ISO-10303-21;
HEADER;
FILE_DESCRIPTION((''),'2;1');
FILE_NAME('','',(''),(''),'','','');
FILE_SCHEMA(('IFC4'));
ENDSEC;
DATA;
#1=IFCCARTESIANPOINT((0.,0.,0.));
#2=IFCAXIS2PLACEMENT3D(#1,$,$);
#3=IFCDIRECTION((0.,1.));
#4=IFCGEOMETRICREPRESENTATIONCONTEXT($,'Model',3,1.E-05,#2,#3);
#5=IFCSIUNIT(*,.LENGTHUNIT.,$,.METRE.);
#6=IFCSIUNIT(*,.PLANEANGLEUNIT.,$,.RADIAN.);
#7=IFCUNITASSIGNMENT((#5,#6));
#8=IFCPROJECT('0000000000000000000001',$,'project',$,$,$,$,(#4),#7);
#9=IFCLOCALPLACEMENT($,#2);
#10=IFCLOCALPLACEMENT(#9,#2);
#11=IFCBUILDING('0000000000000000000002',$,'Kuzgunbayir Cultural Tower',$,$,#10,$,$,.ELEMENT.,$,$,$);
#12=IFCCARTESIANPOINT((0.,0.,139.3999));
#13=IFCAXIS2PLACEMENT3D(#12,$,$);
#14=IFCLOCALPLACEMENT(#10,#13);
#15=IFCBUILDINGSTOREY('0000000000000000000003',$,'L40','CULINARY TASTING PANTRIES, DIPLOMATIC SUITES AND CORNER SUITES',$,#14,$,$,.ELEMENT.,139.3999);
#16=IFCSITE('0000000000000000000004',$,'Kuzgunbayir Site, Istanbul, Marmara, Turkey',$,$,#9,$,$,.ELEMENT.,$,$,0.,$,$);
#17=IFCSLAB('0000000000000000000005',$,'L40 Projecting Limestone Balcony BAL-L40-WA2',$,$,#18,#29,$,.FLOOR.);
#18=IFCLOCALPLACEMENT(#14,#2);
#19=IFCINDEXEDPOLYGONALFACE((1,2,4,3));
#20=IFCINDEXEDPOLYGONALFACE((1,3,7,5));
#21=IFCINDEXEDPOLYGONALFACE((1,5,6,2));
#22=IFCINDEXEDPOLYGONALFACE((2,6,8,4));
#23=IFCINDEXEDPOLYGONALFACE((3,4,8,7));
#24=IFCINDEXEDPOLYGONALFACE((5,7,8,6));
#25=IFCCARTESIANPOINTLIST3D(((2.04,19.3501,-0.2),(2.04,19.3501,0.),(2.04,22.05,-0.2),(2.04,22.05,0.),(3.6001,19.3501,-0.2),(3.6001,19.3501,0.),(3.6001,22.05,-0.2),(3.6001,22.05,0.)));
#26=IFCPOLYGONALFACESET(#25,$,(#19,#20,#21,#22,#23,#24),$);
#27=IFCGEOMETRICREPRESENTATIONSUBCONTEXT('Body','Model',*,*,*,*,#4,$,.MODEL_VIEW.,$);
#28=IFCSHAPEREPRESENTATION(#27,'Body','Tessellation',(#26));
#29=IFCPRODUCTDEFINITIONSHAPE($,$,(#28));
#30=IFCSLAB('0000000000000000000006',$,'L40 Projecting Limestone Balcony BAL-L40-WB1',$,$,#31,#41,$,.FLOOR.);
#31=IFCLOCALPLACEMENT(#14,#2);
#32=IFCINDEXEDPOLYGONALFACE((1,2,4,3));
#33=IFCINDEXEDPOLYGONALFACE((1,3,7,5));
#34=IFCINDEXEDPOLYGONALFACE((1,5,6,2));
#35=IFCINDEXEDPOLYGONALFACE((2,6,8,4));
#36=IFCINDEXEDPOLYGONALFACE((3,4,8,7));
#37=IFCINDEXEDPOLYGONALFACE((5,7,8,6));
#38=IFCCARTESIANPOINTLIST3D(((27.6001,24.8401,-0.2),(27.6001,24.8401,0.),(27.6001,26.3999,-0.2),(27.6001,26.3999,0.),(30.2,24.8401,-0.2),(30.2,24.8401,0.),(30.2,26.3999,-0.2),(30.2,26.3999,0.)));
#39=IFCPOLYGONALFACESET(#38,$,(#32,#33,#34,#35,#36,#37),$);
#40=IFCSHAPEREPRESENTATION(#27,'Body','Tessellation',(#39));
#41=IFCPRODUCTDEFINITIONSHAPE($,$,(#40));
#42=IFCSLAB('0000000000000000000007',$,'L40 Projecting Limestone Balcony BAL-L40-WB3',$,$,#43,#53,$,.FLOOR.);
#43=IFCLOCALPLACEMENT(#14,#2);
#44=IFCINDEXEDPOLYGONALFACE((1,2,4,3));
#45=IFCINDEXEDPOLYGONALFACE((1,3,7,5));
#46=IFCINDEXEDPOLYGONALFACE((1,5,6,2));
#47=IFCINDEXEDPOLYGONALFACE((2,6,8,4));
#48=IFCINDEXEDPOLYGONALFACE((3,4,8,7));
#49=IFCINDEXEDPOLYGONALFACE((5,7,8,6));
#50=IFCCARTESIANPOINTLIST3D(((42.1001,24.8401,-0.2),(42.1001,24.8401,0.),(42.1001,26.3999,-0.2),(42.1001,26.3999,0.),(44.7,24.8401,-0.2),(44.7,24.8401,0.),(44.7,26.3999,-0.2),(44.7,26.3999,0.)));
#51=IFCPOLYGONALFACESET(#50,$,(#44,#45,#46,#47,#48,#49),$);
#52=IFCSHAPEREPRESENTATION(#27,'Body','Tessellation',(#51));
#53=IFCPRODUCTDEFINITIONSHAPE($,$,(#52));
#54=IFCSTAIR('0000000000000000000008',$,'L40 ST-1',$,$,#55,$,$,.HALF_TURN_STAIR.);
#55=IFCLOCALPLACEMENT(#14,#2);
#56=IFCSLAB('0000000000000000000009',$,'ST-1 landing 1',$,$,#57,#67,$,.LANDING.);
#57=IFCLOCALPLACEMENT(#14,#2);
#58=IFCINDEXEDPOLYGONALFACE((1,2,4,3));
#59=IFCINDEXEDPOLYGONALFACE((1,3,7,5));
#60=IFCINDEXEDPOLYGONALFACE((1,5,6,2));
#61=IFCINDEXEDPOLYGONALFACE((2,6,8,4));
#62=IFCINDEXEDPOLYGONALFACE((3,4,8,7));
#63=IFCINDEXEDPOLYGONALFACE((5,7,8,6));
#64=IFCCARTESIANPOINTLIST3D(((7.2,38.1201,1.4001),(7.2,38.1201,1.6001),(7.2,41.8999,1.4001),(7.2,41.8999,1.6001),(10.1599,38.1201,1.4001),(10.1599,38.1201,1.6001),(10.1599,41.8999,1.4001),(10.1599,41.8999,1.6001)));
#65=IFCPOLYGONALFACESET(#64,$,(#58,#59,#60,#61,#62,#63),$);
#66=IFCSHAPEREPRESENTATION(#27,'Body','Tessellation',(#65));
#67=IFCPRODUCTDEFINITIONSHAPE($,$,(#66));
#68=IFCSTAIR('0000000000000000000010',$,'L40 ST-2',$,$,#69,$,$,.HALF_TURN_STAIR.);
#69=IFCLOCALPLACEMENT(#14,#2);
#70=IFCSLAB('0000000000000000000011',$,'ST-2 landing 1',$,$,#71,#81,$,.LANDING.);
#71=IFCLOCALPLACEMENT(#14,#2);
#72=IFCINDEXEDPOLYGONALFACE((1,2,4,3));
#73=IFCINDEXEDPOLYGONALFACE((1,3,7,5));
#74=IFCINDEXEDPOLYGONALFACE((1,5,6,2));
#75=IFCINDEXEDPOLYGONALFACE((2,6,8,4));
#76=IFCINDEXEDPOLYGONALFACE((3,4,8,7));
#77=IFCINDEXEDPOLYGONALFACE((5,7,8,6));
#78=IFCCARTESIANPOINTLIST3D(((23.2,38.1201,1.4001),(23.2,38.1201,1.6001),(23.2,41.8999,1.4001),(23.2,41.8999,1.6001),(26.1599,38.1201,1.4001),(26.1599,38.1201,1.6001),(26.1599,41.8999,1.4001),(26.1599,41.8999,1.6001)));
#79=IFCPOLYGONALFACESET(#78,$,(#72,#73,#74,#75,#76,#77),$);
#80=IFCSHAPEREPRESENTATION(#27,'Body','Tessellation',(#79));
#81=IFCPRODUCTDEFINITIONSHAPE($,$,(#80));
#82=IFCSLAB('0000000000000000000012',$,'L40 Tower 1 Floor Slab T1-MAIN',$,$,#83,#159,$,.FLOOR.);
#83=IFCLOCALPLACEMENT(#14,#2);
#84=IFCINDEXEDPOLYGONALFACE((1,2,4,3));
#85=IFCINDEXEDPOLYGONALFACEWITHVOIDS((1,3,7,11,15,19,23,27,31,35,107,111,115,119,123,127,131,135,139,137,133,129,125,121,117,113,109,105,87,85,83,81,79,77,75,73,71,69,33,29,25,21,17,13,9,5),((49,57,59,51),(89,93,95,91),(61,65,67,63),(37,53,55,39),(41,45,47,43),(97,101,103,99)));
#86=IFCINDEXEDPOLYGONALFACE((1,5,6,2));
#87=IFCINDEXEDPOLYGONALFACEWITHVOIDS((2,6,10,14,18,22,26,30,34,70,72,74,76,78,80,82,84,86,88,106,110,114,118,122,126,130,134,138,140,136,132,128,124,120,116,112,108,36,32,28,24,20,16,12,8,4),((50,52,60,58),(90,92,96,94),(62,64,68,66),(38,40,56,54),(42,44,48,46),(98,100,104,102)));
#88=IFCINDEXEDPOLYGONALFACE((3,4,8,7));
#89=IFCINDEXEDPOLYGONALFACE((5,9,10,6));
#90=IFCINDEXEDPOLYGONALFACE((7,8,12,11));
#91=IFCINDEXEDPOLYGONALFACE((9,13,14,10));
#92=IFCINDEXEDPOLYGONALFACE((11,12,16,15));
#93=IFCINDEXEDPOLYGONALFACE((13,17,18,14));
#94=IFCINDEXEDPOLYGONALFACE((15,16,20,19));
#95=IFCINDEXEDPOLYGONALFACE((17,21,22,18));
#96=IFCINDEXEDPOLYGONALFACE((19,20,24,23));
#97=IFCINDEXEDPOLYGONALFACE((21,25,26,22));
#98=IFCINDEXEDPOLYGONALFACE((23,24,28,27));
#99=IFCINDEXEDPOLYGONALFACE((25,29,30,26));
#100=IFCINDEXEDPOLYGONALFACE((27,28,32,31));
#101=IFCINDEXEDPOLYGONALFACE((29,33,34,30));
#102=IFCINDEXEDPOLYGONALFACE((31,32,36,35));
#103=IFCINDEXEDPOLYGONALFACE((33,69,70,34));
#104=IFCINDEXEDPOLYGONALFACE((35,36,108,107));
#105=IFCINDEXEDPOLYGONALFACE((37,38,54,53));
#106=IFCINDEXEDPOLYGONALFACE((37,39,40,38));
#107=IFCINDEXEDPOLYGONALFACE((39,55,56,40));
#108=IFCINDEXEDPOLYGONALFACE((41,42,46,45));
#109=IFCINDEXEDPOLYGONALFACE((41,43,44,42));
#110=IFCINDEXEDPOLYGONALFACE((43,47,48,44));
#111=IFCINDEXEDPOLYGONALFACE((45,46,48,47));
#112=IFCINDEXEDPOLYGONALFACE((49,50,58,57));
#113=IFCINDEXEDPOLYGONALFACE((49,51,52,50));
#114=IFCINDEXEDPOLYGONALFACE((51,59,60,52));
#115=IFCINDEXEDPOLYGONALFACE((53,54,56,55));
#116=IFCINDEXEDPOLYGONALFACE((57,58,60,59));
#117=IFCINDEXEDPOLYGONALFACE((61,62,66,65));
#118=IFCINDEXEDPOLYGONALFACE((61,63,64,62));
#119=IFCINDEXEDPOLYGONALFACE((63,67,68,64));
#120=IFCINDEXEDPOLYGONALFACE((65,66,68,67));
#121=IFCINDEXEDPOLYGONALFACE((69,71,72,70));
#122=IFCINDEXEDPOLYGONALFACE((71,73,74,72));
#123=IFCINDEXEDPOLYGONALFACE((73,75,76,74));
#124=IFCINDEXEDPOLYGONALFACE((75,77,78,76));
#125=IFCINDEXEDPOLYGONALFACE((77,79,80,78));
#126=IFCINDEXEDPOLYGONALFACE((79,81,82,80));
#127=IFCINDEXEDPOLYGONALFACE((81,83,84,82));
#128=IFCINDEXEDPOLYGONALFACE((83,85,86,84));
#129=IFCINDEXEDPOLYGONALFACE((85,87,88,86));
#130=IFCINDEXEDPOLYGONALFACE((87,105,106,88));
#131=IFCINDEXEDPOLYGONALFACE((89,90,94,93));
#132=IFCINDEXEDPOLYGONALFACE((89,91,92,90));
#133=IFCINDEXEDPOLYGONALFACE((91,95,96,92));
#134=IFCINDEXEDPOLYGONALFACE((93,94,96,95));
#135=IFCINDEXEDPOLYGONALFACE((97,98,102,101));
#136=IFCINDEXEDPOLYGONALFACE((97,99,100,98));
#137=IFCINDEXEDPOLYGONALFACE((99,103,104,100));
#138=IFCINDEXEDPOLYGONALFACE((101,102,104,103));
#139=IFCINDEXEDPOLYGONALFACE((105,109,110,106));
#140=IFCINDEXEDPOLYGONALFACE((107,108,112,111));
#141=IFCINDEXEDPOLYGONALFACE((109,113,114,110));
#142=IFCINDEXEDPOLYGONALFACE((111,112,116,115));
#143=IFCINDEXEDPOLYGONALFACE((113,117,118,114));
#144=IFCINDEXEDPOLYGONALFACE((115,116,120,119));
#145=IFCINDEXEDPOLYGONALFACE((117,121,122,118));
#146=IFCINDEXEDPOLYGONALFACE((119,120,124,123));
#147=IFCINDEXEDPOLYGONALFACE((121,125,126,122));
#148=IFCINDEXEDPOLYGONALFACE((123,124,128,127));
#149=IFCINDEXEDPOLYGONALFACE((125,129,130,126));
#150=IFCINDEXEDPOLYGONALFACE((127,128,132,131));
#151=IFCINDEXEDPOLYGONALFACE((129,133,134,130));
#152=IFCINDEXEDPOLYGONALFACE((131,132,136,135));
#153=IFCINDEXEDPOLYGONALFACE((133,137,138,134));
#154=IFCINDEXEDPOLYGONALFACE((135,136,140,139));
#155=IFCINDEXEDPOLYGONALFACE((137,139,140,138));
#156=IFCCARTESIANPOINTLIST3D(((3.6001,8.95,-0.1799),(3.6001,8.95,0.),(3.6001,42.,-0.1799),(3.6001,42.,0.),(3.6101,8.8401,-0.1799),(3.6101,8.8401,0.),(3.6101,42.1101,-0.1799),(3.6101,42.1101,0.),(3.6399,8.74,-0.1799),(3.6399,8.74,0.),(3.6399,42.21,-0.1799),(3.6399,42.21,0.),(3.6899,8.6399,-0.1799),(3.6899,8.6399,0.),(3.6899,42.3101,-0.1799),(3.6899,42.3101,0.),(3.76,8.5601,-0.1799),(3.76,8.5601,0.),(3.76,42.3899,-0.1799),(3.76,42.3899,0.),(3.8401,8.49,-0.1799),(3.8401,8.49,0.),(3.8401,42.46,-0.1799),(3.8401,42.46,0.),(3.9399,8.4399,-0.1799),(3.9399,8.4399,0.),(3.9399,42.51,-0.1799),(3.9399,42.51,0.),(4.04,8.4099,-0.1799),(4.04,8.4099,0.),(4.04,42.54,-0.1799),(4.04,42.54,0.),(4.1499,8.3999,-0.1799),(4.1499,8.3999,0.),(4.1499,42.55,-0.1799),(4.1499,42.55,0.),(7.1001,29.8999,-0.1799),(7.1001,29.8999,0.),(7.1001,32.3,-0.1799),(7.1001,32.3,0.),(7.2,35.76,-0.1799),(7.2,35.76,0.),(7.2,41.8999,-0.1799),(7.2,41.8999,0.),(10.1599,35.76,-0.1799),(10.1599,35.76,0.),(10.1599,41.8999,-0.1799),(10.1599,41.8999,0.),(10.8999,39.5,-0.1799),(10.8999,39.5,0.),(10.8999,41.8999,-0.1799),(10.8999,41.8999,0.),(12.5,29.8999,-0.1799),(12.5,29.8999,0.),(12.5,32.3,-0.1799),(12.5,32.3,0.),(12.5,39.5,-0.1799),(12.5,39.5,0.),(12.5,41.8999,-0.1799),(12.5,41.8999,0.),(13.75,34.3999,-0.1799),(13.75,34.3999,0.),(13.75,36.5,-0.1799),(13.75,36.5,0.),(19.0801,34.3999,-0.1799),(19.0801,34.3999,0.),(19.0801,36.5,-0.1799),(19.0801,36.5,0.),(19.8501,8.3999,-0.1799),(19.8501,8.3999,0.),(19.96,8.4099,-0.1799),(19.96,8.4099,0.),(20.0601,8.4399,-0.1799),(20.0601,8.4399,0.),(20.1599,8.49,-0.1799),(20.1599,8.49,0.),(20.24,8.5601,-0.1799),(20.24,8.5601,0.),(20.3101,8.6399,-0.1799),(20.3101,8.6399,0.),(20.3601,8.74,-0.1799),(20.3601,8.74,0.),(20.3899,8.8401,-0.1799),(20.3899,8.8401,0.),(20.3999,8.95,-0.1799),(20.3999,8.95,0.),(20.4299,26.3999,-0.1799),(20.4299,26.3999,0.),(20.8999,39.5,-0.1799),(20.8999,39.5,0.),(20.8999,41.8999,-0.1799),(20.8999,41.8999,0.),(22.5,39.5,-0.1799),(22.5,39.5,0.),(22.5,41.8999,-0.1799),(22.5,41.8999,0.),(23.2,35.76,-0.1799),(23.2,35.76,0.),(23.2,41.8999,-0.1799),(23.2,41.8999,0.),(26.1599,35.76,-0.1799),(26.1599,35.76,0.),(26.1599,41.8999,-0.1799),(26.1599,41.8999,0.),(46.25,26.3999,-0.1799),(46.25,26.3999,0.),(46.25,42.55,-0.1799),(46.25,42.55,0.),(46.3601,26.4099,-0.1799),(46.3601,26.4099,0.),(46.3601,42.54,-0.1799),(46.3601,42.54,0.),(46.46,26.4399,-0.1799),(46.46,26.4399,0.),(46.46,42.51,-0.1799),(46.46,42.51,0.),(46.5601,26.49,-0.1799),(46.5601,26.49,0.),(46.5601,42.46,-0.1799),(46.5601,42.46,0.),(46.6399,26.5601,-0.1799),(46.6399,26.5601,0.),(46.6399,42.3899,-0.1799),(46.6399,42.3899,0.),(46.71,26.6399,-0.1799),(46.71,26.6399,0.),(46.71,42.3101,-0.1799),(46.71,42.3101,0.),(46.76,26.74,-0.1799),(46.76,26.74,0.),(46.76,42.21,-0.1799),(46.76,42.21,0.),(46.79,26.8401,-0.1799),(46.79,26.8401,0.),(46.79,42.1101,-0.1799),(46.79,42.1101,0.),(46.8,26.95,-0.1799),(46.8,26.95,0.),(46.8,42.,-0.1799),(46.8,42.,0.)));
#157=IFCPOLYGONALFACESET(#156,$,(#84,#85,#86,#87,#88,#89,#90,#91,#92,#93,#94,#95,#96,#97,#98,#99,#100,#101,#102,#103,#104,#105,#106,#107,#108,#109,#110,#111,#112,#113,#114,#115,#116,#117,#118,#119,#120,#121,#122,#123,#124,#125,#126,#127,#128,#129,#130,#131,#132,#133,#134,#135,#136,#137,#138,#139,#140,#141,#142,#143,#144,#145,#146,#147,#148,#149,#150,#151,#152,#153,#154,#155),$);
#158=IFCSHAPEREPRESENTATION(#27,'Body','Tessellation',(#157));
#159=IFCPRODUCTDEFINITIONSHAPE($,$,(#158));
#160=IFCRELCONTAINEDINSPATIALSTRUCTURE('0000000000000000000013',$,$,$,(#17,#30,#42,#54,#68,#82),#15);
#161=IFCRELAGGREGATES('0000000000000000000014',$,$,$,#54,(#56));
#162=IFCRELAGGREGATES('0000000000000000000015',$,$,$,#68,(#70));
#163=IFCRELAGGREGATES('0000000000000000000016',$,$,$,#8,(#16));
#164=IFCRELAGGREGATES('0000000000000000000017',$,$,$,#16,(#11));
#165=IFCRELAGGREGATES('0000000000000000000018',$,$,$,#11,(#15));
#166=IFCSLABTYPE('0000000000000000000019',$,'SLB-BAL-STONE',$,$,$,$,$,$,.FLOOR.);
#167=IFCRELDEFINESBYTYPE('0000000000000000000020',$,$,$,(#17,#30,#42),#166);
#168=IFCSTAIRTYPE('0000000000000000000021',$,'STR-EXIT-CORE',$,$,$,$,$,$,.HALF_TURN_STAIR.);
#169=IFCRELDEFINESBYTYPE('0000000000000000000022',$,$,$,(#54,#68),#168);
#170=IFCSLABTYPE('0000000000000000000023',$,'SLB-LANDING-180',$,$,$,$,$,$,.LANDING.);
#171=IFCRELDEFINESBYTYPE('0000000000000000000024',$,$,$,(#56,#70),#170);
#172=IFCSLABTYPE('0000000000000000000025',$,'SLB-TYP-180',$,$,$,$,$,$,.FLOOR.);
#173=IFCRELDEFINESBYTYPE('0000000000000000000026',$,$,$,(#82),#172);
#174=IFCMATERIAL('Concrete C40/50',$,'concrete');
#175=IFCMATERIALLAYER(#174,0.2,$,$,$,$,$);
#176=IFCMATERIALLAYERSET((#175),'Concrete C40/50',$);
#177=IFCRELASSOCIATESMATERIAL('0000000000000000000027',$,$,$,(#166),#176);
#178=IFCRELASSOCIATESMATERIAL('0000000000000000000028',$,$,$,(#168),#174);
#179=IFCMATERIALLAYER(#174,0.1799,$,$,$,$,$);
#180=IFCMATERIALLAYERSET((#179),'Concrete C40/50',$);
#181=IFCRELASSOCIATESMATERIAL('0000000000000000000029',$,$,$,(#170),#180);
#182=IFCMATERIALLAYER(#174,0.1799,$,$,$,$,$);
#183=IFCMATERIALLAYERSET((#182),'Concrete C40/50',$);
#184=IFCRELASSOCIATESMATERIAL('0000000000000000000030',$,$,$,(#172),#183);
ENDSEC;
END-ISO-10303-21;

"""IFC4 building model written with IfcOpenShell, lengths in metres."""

from ifc_helpers import new_model, si_unit, direction, frame, origin, place, context, subcontext, project, spatial, polyline, outline, extrude, material, layer, layer_set, type_object, element, aggregate, save


model = new_model("IFC4")

# Units and contexts
model_context = context("Model", 3, precision=1e-05, world=origin(), true_north=direction((0.0, 1.0)))
body_context = subcontext(model_context, "Body", "Model", "MODEL_VIEW")
ifc_project = project(units=[si_unit("LENGTHUNIT", "METRE"), si_unit("PLANEANGLEUNIT", "RADIAN")], contexts=[model_context])

# Site, building, storey
site_placement = place(None, origin())
site = spatial("IfcSite", under=ifc_project, at=site_placement, Name="Kuzgunbayir Site, Istanbul, Marmara, Turkey", CompositionType="ELEMENT", RefElevation=0.0)
building_placement = place(site_placement, origin())
building = spatial("IfcBuilding", under=site, at=building_placement, Name="Kuzgunbayir Cultural Tower", CompositionType="ELEMENT")
storey_placement = place(building_placement, frame((0.0, 0.0, 139.3999)))
storey = spatial("IfcBuildingStorey", under=building, at=storey_placement, Name="L40", Description="CULINARY TASTING PANTRIES, DIPLOMATIC SUITES AND CORNER SUITES", CompositionType="ELEMENT", Elevation=139.3999)

# Slabs
ifc_material_1 = material(Name="Concrete C40/50", Category="concrete")
ifc_layer_1 = layer(ifc_material_1, 0.2)
ifc_layer_set_1 = layer_set([ifc_layer_1], Name="Concrete C40/50")
slab_type_1 = type_object("IfcSlabType", Name="SLB-BAL-STONE", PredefinedType="FLOOR", material=ifc_layer_set_1)
slab_1_placement = place(storey_placement, frame((0.0, 0.0, -0.2)))
element("IfcSlab", 1, at=slab_1_placement, inside=storey, type_object=slab_type_1, Name="L40 Projecting Limestone Balcony BAL-L40-WA2", PredefinedType="FLOOR", context=body_context, shape_type="SweptSolid", body=[
    extrude(outline(polyline([(2.04, 19.3501), (3.6001, 19.3501), (3.6001, 22.05), (2.04, 22.05), (2.04, 19.3501)])), origin(), (0.0, 0.0, 1.0), 0.2),
])
slab_2_placement = place(storey_placement, frame((0.0, 0.0, -0.2)))
element("IfcSlab", 2, at=slab_2_placement, inside=storey, type_object=slab_type_1, Name="L40 Projecting Limestone Balcony BAL-L40-WB1", PredefinedType="FLOOR", context=body_context, shape_type="SweptSolid", body=[
    extrude(outline(polyline([(27.6001, 24.8401), (30.2, 24.8401), (30.2, 26.3999), (27.6001, 26.3999), (27.6001, 24.8401)])), origin(), (0.0, 0.0, 1.0), 0.2),
])
slab_3_placement = place(storey_placement, frame((0.0, 0.0, -0.2)))
element("IfcSlab", 3, at=slab_3_placement, inside=storey, type_object=slab_type_1, Name="L40 Projecting Limestone Balcony BAL-L40-WB3", PredefinedType="FLOOR", context=body_context, shape_type="SweptSolid", body=[
    extrude(outline(polyline([(42.1001, 24.8401), (44.7, 24.8401), (44.7, 26.3999), (42.1001, 26.3999), (42.1001, 24.8401)])), origin(), (0.0, 0.0, 1.0), 0.2),
])

# Stairs, slabs
stair_type = type_object("IfcStairType", Name="STR-EXIT-CORE", PredefinedType="HALF_TURN_STAIR", material=ifc_material_1)
stair_1_placement = place(storey_placement, origin())
stair_1 = element("IfcStair", 4, at=stair_1_placement, inside=storey, type_object=stair_type, Name="L40 ST-1", PredefinedType="HALF_TURN_STAIR")
ifc_layer_2 = layer(ifc_material_1, 0.1799)
ifc_layer_set_2 = layer_set([ifc_layer_2], Name="Concrete C40/50")
slab_type_2 = type_object("IfcSlabType", Name="SLB-LANDING-180", PredefinedType="LANDING", material=ifc_layer_set_2)
slab_4_placement = place(storey_placement, frame((0.0, 0.0, 1.4001)))
slab_4 = element("IfcSlab", 5, at=slab_4_placement, type_object=slab_type_2, Name="ST-1 landing 1", PredefinedType="LANDING", context=body_context, shape_type="SweptSolid", body=[
    extrude(outline(polyline([(10.1599, 38.1201), (10.1599, 41.8999), (7.2, 41.8999), (7.2, 38.1201), (10.1599, 38.1201)])), origin(), (0.0, 0.0, 1.0), 0.2),
])
aggregate(stair_1, [slab_4])
stair_2_placement = place(storey_placement, origin())
stair_2 = element("IfcStair", 6, at=stair_2_placement, inside=storey, type_object=stair_type, Name="L40 ST-2", PredefinedType="HALF_TURN_STAIR")
slab_5_placement = place(storey_placement, frame((0.0, 0.0, 1.4001)))
slab_5 = element("IfcSlab", 7, at=slab_5_placement, type_object=slab_type_2, Name="ST-2 landing 1", PredefinedType="LANDING", context=body_context, shape_type="SweptSolid", body=[
    extrude(outline(polyline([(26.1599, 38.1201), (26.1599, 41.8999), (23.2, 41.8999), (23.2, 38.1201), (26.1599, 38.1201)])), origin(), (0.0, 0.0, 1.0), 0.2),
])
aggregate(stair_2, [slab_5])

# Slab
ifc_layer_3 = layer(ifc_material_1, 0.1799)
ifc_layer_set_3 = layer_set([ifc_layer_3], Name="Concrete C40/50")
slab_type_3 = type_object("IfcSlabType", Name="SLB-TYP-180", PredefinedType="FLOOR", material=ifc_layer_set_3)
slab_6_placement = place(storey_placement, frame((0.0, 0.0, -0.1799)))
element("IfcSlab", 8, at=slab_6_placement, inside=storey, type_object=slab_type_3, Name="L40 Tower 1 Floor Slab T1-MAIN", PredefinedType="FLOOR", context=body_context, shape_type="SweptSolid", body=[
    extrude(outline(polyline([(20.3999, 8.95), (20.3899, 8.8401), (20.3601, 8.74), (20.3101, 8.6399), (20.24, 8.5601), (20.1599, 8.49), (20.0601, 8.4399), (19.96, 8.4099), (19.8501, 8.3999), (4.1499, 8.3999), (4.04, 8.4099), (3.9399, 8.4399), (3.8401, 8.49), (3.76, 8.5601), (3.6899, 8.6399), (3.6399, 8.74), (3.6101, 8.8401), (3.6001, 8.95), (3.6001, 42.0), (3.6101, 42.1101), (3.6399, 42.21), (3.6899, 42.3101), (3.76, 42.3899), (3.8401, 42.46), (3.9399, 42.51), (4.04, 42.54), (4.1499, 42.55), (46.25, 42.55), (46.3601, 42.54), (46.46, 42.51), (46.5601, 42.46), (46.6399, 42.3899), (46.71, 42.3101), (46.76, 42.21), (46.79, 42.1101), (46.8, 42.0), (46.8, 26.95), (46.79, 26.8401), (46.76, 26.74), (46.71, 26.6399), (46.6399, 26.5601), (46.5601, 26.49), (46.46, 26.4399), (46.3601, 26.4099), (46.25, 26.3999), (20.4299, 26.3999), (20.3999, 8.95)]), holes=[polyline([(7.2, 35.76), (7.2, 41.8999), (10.1599, 41.8999), (10.1599, 35.76), (7.2, 35.76)]), polyline([(23.2, 35.76), (23.2, 41.8999), (26.1599, 41.8999), (26.1599, 35.76), (23.2, 35.76)]), polyline([(13.75, 34.3999), (13.75, 36.5), (19.0801, 36.5), (19.0801, 34.3999), (13.75, 34.3999)]), polyline([(7.1001, 29.8999), (7.1001, 32.3), (12.5, 32.3), (12.5, 29.8999), (7.1001, 29.8999)]), polyline([(10.8999, 39.5), (10.8999, 41.8999), (12.5, 41.8999), (12.5, 39.5), (10.8999, 39.5)]), polyline([(20.8999, 39.5), (20.8999, 41.8999), (22.5, 41.8999), (22.5, 39.5), (20.8999, 39.5)])]), origin(), (0.0, 0.0, 1.0), 0.1799),
])

save(model, "model.ifc")
